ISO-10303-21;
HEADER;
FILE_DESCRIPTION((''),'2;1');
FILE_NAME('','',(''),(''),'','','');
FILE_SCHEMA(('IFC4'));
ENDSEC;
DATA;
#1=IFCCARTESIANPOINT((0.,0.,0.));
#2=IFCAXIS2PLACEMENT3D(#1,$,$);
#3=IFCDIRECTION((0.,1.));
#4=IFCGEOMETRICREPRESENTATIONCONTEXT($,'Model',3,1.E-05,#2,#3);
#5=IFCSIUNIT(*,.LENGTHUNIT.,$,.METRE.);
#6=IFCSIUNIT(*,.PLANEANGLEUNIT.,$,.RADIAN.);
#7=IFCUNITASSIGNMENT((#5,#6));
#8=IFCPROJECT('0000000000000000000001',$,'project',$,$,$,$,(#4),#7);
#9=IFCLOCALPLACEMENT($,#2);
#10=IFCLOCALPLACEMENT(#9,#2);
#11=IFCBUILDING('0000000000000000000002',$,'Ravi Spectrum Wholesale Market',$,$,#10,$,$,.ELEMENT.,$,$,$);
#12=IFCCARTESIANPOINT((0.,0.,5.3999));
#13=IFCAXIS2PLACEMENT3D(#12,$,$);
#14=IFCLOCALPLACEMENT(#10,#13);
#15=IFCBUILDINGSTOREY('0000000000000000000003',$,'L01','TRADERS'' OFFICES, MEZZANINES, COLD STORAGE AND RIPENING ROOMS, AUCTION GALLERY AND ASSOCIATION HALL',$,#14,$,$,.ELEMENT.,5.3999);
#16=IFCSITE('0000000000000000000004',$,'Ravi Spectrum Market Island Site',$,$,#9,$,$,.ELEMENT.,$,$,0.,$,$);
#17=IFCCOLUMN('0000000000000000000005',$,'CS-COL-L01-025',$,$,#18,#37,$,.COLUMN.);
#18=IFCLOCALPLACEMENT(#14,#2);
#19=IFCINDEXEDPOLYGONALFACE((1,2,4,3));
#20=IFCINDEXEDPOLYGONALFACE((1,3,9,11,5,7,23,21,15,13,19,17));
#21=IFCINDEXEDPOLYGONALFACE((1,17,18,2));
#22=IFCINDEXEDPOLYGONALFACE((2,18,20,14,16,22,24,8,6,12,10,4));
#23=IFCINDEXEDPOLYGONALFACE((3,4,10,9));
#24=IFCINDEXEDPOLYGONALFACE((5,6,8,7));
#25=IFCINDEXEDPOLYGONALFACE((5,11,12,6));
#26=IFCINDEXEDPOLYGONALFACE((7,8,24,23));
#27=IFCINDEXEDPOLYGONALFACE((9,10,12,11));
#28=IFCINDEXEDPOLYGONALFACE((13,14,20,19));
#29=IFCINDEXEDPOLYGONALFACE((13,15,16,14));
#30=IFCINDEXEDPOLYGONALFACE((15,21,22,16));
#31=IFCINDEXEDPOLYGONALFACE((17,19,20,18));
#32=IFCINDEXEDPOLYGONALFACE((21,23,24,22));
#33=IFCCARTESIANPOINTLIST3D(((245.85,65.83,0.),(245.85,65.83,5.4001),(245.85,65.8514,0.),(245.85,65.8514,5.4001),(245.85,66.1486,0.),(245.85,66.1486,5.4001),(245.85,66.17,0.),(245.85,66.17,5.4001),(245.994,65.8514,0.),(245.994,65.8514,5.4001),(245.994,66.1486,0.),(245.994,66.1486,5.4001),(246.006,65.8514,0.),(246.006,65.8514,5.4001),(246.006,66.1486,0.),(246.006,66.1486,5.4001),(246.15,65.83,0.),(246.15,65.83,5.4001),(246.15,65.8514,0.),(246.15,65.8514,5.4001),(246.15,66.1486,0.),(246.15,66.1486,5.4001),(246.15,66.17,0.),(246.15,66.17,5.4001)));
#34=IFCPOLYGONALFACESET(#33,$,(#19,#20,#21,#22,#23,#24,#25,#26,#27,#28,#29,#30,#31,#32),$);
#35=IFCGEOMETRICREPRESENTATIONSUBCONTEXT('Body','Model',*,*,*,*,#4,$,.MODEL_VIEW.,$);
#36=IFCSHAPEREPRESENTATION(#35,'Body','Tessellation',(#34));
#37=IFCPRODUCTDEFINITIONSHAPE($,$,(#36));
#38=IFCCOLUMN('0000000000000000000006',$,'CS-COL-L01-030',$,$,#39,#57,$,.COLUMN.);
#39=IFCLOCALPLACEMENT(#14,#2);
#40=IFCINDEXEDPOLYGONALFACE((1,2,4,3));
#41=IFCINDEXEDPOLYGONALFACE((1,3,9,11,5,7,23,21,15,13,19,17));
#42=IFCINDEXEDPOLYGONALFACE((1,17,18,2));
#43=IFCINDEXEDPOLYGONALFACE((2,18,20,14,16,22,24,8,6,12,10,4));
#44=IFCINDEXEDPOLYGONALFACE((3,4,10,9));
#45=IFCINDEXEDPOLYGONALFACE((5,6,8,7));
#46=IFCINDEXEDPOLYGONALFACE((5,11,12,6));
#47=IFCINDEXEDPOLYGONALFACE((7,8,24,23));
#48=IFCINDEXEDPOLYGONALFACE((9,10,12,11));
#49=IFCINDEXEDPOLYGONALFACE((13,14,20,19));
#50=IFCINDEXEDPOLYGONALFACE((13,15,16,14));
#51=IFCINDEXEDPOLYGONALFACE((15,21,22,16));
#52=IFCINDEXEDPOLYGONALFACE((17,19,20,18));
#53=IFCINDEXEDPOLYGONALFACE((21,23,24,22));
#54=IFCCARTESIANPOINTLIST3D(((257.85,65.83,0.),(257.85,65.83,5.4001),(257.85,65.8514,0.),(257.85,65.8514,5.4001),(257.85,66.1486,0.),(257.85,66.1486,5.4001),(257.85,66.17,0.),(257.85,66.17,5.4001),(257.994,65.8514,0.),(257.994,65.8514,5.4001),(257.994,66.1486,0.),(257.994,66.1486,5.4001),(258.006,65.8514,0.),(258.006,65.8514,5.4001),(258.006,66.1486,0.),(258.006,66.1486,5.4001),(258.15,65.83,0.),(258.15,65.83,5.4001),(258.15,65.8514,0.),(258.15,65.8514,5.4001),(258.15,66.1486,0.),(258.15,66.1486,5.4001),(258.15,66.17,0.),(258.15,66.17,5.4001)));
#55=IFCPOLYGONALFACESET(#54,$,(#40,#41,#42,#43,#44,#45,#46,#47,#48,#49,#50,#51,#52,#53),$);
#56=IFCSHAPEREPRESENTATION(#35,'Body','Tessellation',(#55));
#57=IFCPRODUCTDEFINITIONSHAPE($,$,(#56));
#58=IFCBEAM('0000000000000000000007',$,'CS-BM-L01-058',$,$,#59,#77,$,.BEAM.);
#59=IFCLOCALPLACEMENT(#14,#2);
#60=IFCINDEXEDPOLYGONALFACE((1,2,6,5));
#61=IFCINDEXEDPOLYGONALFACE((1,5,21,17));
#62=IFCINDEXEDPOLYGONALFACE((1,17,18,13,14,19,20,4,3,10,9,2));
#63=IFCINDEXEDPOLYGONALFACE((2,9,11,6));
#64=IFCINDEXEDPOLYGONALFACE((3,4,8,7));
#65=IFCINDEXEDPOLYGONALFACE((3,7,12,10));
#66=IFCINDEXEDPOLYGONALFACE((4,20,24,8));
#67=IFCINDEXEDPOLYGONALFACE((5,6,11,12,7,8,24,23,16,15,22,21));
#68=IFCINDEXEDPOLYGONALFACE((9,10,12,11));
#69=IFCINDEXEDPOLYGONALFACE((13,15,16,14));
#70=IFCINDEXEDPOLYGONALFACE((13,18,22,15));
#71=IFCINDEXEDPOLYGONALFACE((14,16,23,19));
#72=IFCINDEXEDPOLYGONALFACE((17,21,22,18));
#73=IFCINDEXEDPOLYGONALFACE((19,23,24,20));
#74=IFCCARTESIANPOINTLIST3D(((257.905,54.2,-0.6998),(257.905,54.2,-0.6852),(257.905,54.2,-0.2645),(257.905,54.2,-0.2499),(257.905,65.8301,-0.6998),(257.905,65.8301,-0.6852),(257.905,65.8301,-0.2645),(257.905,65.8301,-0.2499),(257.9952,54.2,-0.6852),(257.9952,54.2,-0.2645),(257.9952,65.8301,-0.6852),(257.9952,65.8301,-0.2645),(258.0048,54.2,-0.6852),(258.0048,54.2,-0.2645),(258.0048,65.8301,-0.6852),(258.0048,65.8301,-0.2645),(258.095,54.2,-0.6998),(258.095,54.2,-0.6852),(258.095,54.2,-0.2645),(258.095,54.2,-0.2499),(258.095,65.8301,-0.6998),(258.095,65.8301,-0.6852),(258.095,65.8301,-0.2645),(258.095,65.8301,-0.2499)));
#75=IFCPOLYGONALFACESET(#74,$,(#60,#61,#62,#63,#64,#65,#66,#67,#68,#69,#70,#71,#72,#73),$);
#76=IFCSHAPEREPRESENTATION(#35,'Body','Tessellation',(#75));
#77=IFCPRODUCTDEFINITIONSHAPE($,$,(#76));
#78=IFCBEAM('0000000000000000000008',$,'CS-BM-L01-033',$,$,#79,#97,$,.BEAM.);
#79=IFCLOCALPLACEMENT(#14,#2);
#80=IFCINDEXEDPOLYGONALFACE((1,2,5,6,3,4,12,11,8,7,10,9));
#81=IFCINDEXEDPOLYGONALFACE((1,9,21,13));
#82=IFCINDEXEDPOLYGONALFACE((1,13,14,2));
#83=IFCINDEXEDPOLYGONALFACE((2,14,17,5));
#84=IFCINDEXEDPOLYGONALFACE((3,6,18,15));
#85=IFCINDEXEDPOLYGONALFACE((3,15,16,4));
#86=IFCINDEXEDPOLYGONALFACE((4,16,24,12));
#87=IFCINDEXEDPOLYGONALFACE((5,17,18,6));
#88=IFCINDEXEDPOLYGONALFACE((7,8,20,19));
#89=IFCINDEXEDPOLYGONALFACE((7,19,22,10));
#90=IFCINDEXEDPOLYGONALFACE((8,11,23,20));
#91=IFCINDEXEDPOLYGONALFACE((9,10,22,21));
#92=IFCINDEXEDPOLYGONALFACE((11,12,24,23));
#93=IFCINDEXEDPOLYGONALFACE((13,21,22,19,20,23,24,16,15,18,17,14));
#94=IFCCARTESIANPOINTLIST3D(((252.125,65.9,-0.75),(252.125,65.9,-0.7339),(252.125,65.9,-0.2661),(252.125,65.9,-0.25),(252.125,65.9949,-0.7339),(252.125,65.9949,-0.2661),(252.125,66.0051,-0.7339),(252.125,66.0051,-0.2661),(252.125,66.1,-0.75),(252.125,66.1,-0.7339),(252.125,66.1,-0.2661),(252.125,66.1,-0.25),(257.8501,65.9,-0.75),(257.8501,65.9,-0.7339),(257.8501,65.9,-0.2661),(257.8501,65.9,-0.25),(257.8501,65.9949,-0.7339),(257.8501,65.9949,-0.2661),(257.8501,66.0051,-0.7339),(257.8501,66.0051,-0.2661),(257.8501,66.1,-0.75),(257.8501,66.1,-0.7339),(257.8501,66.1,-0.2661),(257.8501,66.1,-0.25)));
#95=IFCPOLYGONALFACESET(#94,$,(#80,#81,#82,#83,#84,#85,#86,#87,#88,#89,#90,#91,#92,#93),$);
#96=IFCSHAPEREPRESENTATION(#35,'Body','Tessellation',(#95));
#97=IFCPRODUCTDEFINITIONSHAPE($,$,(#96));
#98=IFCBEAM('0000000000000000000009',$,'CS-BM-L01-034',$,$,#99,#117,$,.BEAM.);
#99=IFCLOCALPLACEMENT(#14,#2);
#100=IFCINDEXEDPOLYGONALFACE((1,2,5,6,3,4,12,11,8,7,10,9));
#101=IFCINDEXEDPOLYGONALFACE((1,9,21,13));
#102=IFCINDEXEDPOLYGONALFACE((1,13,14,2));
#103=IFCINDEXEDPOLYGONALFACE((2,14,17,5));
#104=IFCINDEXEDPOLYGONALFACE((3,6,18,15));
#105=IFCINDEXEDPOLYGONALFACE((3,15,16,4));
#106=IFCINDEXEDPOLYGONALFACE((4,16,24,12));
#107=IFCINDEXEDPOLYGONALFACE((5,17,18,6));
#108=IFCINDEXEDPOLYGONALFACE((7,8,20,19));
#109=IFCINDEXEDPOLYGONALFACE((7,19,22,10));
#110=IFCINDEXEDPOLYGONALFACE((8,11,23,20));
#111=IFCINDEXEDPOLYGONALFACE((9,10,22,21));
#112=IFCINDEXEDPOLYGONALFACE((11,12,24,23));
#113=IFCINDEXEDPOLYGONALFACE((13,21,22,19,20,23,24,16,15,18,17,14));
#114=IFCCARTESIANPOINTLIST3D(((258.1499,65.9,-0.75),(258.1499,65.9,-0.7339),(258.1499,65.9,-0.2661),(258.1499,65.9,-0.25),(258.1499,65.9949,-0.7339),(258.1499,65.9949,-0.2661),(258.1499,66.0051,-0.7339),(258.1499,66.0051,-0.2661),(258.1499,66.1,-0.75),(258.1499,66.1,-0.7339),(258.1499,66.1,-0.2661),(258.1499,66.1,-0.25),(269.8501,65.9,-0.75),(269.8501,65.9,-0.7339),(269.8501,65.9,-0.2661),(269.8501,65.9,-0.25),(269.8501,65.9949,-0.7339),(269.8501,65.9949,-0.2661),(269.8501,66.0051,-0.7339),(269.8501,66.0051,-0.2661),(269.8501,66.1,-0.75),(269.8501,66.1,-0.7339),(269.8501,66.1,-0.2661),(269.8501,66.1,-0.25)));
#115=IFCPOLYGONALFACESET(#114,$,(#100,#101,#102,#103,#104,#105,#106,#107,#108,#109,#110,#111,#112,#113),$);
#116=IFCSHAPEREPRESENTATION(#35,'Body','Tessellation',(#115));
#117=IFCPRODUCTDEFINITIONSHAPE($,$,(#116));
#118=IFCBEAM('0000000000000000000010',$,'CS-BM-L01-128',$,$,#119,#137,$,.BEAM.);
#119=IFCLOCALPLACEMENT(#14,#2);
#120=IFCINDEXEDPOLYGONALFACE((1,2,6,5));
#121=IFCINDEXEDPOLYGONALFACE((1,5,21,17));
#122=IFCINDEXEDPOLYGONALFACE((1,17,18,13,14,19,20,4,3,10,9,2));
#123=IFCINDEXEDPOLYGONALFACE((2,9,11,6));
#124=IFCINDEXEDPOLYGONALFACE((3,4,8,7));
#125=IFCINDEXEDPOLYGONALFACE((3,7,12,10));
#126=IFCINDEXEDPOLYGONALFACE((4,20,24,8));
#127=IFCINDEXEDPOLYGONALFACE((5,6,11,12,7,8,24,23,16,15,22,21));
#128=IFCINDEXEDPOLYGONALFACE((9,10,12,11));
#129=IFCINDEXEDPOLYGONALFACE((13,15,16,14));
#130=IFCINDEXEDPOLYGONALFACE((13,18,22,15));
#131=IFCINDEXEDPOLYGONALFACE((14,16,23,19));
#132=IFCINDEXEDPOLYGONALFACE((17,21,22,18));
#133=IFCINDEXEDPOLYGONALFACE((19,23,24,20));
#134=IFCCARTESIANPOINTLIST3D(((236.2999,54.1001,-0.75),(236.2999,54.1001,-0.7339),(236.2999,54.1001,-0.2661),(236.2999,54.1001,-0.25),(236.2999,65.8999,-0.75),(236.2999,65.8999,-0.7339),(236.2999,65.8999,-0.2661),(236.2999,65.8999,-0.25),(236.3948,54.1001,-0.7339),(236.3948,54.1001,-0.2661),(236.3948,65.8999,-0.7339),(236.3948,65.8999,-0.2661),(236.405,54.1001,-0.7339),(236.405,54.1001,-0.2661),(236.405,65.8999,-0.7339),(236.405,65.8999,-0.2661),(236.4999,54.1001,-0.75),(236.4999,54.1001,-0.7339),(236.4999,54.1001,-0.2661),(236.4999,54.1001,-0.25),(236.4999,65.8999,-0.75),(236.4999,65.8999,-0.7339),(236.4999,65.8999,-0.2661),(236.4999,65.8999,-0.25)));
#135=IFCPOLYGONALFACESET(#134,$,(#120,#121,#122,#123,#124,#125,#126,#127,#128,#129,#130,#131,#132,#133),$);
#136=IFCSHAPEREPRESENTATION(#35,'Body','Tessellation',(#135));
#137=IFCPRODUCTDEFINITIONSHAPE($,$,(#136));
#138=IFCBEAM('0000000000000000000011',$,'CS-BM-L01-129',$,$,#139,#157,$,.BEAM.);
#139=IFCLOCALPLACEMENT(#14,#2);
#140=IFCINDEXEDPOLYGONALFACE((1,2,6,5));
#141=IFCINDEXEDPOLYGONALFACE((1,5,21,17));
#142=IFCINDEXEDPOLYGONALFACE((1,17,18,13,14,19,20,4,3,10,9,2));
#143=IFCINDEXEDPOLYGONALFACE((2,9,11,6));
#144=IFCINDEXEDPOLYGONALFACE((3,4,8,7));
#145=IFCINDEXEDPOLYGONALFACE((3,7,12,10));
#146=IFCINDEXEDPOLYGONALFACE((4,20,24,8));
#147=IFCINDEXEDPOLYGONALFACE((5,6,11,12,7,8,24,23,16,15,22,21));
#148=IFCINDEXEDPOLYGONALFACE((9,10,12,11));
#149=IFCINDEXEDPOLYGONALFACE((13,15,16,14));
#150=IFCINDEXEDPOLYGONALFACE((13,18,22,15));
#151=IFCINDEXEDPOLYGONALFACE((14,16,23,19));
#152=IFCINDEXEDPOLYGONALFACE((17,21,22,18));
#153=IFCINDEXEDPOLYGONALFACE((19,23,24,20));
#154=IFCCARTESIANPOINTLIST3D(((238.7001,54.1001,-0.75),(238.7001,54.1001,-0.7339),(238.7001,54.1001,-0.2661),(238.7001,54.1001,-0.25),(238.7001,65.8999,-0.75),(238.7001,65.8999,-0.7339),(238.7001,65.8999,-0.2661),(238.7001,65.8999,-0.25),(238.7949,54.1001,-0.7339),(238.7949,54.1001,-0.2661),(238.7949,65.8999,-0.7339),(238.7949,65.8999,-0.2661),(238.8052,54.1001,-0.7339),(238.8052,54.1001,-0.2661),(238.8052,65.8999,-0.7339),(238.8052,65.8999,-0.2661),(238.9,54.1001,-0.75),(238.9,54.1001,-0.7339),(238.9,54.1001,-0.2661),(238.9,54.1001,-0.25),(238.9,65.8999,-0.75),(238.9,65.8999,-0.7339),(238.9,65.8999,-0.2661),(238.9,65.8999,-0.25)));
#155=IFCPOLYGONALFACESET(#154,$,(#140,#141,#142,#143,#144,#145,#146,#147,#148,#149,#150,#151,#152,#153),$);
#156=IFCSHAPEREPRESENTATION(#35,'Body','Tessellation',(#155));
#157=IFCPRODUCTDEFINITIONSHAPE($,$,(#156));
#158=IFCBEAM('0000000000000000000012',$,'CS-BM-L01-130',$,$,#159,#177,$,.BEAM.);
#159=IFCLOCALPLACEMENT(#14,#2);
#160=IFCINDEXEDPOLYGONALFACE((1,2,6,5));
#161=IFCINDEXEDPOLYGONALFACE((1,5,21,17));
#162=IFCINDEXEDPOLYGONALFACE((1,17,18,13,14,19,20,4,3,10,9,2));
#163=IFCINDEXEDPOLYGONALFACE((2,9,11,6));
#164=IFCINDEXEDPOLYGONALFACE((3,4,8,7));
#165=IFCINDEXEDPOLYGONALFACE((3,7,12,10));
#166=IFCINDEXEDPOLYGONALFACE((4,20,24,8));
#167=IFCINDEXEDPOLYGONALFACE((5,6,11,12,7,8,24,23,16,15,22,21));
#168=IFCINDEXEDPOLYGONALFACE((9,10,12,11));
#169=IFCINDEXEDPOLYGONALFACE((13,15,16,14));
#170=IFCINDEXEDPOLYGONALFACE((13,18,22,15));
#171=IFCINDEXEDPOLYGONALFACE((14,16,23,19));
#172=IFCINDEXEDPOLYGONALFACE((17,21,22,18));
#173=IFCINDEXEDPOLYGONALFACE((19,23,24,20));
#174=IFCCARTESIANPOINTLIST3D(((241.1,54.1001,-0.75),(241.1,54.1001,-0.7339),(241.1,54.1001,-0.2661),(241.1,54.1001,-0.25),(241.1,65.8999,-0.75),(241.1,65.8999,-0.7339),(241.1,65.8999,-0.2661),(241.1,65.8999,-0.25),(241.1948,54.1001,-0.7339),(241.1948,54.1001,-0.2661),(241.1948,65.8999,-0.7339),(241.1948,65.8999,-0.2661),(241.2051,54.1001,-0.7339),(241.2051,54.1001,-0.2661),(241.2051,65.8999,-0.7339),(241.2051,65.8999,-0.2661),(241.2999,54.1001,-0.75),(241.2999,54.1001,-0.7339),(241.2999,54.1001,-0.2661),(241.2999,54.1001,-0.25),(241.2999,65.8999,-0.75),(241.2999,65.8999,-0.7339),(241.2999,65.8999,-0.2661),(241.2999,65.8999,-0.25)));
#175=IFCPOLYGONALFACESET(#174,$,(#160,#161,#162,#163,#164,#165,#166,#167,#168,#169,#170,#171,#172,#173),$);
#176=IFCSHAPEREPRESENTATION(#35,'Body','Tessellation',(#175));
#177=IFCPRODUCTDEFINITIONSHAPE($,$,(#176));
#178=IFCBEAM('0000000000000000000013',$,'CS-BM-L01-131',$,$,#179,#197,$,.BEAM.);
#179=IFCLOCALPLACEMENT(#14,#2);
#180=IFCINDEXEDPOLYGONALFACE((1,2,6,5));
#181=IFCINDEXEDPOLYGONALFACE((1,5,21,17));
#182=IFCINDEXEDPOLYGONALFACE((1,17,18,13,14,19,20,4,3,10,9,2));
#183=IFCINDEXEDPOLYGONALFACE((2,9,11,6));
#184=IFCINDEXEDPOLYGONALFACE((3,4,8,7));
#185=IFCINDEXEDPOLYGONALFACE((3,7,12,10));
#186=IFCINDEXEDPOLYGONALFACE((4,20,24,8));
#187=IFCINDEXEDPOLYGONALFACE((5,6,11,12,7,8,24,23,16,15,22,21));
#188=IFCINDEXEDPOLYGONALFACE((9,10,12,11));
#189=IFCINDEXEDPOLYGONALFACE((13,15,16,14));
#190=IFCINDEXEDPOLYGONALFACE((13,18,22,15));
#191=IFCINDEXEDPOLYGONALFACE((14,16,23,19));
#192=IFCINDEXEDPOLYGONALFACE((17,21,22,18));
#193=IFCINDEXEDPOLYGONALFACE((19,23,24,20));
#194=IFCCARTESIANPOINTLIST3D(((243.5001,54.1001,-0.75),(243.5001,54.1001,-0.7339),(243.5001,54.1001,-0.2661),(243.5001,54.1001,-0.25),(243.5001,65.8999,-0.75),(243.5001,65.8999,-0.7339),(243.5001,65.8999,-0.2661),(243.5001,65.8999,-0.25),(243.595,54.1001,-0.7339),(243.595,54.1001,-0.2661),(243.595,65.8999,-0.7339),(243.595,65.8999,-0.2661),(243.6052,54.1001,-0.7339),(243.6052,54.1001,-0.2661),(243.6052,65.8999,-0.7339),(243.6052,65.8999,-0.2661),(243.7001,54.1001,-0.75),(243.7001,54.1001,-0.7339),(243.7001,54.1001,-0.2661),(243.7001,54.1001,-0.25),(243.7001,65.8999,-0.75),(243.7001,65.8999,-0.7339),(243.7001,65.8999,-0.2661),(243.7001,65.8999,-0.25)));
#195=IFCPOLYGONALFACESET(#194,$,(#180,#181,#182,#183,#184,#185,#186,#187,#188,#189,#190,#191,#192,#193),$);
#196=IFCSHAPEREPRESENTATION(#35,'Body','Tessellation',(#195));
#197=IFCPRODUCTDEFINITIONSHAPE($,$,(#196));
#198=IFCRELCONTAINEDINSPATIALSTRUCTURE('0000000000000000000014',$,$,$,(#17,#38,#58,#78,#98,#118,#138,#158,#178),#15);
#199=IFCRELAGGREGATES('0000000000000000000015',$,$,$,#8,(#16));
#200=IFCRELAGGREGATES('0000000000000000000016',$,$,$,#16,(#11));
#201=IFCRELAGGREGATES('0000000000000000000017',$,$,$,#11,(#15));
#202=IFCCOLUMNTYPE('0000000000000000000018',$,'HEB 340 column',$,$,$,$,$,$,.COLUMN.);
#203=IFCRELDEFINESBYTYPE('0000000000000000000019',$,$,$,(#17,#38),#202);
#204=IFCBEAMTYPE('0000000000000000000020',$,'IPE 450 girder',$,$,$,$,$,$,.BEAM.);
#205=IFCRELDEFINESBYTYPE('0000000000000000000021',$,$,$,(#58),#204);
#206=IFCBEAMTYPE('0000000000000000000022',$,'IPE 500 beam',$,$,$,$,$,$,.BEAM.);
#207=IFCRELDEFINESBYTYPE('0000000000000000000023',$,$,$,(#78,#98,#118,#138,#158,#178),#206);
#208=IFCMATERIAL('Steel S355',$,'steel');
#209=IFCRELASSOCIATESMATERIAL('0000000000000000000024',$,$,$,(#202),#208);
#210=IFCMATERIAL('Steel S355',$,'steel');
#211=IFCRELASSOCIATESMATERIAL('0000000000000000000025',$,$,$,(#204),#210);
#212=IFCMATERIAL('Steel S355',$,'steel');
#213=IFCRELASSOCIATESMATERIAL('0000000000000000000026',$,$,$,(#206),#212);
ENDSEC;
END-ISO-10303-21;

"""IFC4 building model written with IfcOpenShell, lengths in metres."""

from ifc_helpers import new_model, si_unit, direction, frame, origin, origin_2d, place, context, subcontext, project, spatial, i_section, extrude, material, material_profile, profile_set, type_object, element, save


model = new_model("IFC4")

# Units and contexts
model_context = context("Model", 3, precision=1e-05, world=origin(), true_north=direction((0.0, 1.0)))
body_context = subcontext(model_context, "Body", "Model", "MODEL_VIEW")
ifc_project = project(units=[si_unit("LENGTHUNIT", "METRE"), si_unit("PLANEANGLEUNIT", "RADIAN")], contexts=[model_context])

# Site, building, storey
site_placement = place(None, origin())
site = spatial("IfcSite", under=ifc_project, at=site_placement, Name="Ravi Spectrum Market Island Site", CompositionType="ELEMENT", RefElevation=0.0)
building_placement = place(site_placement, origin())
building = spatial("IfcBuilding", under=site, at=building_placement, Name="Ravi Spectrum Wholesale Market", CompositionType="ELEMENT")
storey_placement = place(building_placement, frame((0.0, 0.0, 5.3999)))
storey = spatial("IfcBuildingStorey", under=building, at=storey_placement, Name="L01", Description="TRADERS' OFFICES, MEZZANINES, COLD STORAGE AND RIPENING ROOMS, AUCTION GALLERY AND ASSOCIATION HALL", CompositionType="ELEMENT", Elevation=5.3999)

# Columns
ifc_material_1 = material(Name="Steel S355", Category="steel")
ifc_material_profile_1 = material_profile(ifc_material_1, i_section(OverallWidth=0.3, OverallDepth=0.3401, WebThickness=0.012, FlangeThickness=0.0215, at=origin_2d()))
ifc_profile_set_1 = profile_set([ifc_material_profile_1], Name="Steel S355")
column_type = type_object("IfcColumnType", Name="HEB 340 column", PredefinedType="COLUMN", material=ifc_profile_set_1)
for number, where, z_axis, x_axis, name in (
    (1, (246.0, 66.0, 0.0), (0.0, 0.0, 1.0), (1.0, 0.0, 0.0), "CS-COL-L01-025"),
    (2, (258.0, 66.0, 0.0), (0.0, 0.0, 1.0), (1.0, 0.0, 0.0), "CS-COL-L01-030"),
):
    element("IfcColumn", number, at=place(storey_placement, frame(where, z_axis=z_axis, x_axis=x_axis)), inside=storey, type_object=column_type, Name=name, PredefinedType="COLUMN", context=body_context, shape_type="SweptSolid", body=[
        extrude(i_section(OverallWidth=0.3, OverallDepth=0.3401, WebThickness=0.012, FlangeThickness=0.0215, at=origin_2d()), origin(), (0.0, 0.0, 1.0), 5.4001),
    ])

# Beams
ifc_material_2 = material(Name="Steel S355", Category="steel")
ifc_material_profile_2 = material_profile(ifc_material_2, i_section(OverallWidth=0.1899, OverallDepth=0.45, WebThickness=0.0095, FlangeThickness=0.0146, at=origin_2d()))
ifc_profile_set_2 = profile_set([ifc_material_profile_2], Name="Steel S355")
beam_type_1 = type_object("IfcBeamType", Name="IPE 450 girder", PredefinedType="BEAM", material=ifc_profile_set_2)
beam_1_placement = place(storey_placement, frame((258.0, 54.2, -0.4749), z_axis=(0.0, 1.0, 0.0), x_axis=(-1.0, 0.0, 0.0)))
element("IfcBeam", 3, at=beam_1_placement, inside=storey, type_object=beam_type_1, Name="CS-BM-L01-058", PredefinedType="BEAM", context=body_context, shape_type="SweptSolid", body=[
    extrude(i_section(OverallWidth=0.1899, OverallDepth=0.45, WebThickness=0.0095, FlangeThickness=0.0146, at=origin_2d()), origin(), (0.0, 0.0, 1.0), 11.6301),
])
ifc_material_3 = material(Name="Steel S355", Category="steel")
ifc_material_profile_3 = material_profile(ifc_material_3, i_section(OverallWidth=0.2, OverallDepth=0.5, WebThickness=0.0103, FlangeThickness=0.0161, at=origin_2d()))
ifc_profile_set_3 = profile_set([ifc_material_profile_3], Name="Steel S355")
beam_type_2 = type_object("IfcBeamType", Name="IPE 500 beam", PredefinedType="BEAM", material=ifc_profile_set_3)
beam_2_placement = place(storey_placement, frame((252.125, 66.0, -0.5), z_axis=(1.0, 0.0, 0.0), x_axis=(0.0, 1.0, 0.0)))
element("IfcBeam", 4, at=beam_2_placement, inside=storey, type_object=beam_type_2, Name="CS-BM-L01-033", PredefinedType="BEAM", context=body_context, shape_type="SweptSolid", body=[
    extrude(i_section(OverallWidth=0.2, OverallDepth=0.5, WebThickness=0.0103, FlangeThickness=0.0161, at=origin_2d()), origin(), (0.0, 0.0, 1.0), 5.7251),
])
beam_3_placement = place(storey_placement, frame((258.1499, 66.0, -0.5), z_axis=(1.0, 0.0, 0.0), x_axis=(0.0, 1.0, 0.0)))
element("IfcBeam", 5, at=beam_3_placement, inside=storey, type_object=beam_type_2, Name="CS-BM-L01-034", PredefinedType="BEAM", context=body_context, shape_type="SweptSolid", body=[
    extrude(i_section(OverallWidth=0.2, OverallDepth=0.5, WebThickness=0.0103, FlangeThickness=0.0161, at=origin_2d()), origin(), (0.0, 0.0, 1.0), 11.7002),
])
for number, where, z_axis, x_axis, name in (
    (6, (236.3999, 54.1001, -0.5), (0.0, 1.0, 0.0), (-1.0, 0.0, 0.0), "CS-BM-L01-128"),
    (7, (238.8, 54.1001, -0.5), (0.0, 1.0, 0.0), (-1.0, 0.0, 0.0), "CS-BM-L01-129"),
    (8, (241.2, 54.1001, -0.5), (0.0, 1.0, 0.0), (-1.0, 0.0, 0.0), "CS-BM-L01-130"),
    (9, (243.6001, 54.1001, -0.5), (0.0, 1.0, 0.0), (-1.0, 0.0, 0.0), "CS-BM-L01-131"),
):
    element("IfcBeam", number, at=place(storey_placement, frame(where, z_axis=z_axis, x_axis=x_axis)), inside=storey, type_object=beam_type_2, Name=name, PredefinedType="BEAM", context=body_context, shape_type="SweptSolid", body=[
        extrude(i_section(OverallWidth=0.2, OverallDepth=0.5, WebThickness=0.0103, FlangeThickness=0.0161, at=origin_2d()), origin(), (0.0, 0.0, 1.0), 11.7998),
    ])

save(model, "model.ifc")
